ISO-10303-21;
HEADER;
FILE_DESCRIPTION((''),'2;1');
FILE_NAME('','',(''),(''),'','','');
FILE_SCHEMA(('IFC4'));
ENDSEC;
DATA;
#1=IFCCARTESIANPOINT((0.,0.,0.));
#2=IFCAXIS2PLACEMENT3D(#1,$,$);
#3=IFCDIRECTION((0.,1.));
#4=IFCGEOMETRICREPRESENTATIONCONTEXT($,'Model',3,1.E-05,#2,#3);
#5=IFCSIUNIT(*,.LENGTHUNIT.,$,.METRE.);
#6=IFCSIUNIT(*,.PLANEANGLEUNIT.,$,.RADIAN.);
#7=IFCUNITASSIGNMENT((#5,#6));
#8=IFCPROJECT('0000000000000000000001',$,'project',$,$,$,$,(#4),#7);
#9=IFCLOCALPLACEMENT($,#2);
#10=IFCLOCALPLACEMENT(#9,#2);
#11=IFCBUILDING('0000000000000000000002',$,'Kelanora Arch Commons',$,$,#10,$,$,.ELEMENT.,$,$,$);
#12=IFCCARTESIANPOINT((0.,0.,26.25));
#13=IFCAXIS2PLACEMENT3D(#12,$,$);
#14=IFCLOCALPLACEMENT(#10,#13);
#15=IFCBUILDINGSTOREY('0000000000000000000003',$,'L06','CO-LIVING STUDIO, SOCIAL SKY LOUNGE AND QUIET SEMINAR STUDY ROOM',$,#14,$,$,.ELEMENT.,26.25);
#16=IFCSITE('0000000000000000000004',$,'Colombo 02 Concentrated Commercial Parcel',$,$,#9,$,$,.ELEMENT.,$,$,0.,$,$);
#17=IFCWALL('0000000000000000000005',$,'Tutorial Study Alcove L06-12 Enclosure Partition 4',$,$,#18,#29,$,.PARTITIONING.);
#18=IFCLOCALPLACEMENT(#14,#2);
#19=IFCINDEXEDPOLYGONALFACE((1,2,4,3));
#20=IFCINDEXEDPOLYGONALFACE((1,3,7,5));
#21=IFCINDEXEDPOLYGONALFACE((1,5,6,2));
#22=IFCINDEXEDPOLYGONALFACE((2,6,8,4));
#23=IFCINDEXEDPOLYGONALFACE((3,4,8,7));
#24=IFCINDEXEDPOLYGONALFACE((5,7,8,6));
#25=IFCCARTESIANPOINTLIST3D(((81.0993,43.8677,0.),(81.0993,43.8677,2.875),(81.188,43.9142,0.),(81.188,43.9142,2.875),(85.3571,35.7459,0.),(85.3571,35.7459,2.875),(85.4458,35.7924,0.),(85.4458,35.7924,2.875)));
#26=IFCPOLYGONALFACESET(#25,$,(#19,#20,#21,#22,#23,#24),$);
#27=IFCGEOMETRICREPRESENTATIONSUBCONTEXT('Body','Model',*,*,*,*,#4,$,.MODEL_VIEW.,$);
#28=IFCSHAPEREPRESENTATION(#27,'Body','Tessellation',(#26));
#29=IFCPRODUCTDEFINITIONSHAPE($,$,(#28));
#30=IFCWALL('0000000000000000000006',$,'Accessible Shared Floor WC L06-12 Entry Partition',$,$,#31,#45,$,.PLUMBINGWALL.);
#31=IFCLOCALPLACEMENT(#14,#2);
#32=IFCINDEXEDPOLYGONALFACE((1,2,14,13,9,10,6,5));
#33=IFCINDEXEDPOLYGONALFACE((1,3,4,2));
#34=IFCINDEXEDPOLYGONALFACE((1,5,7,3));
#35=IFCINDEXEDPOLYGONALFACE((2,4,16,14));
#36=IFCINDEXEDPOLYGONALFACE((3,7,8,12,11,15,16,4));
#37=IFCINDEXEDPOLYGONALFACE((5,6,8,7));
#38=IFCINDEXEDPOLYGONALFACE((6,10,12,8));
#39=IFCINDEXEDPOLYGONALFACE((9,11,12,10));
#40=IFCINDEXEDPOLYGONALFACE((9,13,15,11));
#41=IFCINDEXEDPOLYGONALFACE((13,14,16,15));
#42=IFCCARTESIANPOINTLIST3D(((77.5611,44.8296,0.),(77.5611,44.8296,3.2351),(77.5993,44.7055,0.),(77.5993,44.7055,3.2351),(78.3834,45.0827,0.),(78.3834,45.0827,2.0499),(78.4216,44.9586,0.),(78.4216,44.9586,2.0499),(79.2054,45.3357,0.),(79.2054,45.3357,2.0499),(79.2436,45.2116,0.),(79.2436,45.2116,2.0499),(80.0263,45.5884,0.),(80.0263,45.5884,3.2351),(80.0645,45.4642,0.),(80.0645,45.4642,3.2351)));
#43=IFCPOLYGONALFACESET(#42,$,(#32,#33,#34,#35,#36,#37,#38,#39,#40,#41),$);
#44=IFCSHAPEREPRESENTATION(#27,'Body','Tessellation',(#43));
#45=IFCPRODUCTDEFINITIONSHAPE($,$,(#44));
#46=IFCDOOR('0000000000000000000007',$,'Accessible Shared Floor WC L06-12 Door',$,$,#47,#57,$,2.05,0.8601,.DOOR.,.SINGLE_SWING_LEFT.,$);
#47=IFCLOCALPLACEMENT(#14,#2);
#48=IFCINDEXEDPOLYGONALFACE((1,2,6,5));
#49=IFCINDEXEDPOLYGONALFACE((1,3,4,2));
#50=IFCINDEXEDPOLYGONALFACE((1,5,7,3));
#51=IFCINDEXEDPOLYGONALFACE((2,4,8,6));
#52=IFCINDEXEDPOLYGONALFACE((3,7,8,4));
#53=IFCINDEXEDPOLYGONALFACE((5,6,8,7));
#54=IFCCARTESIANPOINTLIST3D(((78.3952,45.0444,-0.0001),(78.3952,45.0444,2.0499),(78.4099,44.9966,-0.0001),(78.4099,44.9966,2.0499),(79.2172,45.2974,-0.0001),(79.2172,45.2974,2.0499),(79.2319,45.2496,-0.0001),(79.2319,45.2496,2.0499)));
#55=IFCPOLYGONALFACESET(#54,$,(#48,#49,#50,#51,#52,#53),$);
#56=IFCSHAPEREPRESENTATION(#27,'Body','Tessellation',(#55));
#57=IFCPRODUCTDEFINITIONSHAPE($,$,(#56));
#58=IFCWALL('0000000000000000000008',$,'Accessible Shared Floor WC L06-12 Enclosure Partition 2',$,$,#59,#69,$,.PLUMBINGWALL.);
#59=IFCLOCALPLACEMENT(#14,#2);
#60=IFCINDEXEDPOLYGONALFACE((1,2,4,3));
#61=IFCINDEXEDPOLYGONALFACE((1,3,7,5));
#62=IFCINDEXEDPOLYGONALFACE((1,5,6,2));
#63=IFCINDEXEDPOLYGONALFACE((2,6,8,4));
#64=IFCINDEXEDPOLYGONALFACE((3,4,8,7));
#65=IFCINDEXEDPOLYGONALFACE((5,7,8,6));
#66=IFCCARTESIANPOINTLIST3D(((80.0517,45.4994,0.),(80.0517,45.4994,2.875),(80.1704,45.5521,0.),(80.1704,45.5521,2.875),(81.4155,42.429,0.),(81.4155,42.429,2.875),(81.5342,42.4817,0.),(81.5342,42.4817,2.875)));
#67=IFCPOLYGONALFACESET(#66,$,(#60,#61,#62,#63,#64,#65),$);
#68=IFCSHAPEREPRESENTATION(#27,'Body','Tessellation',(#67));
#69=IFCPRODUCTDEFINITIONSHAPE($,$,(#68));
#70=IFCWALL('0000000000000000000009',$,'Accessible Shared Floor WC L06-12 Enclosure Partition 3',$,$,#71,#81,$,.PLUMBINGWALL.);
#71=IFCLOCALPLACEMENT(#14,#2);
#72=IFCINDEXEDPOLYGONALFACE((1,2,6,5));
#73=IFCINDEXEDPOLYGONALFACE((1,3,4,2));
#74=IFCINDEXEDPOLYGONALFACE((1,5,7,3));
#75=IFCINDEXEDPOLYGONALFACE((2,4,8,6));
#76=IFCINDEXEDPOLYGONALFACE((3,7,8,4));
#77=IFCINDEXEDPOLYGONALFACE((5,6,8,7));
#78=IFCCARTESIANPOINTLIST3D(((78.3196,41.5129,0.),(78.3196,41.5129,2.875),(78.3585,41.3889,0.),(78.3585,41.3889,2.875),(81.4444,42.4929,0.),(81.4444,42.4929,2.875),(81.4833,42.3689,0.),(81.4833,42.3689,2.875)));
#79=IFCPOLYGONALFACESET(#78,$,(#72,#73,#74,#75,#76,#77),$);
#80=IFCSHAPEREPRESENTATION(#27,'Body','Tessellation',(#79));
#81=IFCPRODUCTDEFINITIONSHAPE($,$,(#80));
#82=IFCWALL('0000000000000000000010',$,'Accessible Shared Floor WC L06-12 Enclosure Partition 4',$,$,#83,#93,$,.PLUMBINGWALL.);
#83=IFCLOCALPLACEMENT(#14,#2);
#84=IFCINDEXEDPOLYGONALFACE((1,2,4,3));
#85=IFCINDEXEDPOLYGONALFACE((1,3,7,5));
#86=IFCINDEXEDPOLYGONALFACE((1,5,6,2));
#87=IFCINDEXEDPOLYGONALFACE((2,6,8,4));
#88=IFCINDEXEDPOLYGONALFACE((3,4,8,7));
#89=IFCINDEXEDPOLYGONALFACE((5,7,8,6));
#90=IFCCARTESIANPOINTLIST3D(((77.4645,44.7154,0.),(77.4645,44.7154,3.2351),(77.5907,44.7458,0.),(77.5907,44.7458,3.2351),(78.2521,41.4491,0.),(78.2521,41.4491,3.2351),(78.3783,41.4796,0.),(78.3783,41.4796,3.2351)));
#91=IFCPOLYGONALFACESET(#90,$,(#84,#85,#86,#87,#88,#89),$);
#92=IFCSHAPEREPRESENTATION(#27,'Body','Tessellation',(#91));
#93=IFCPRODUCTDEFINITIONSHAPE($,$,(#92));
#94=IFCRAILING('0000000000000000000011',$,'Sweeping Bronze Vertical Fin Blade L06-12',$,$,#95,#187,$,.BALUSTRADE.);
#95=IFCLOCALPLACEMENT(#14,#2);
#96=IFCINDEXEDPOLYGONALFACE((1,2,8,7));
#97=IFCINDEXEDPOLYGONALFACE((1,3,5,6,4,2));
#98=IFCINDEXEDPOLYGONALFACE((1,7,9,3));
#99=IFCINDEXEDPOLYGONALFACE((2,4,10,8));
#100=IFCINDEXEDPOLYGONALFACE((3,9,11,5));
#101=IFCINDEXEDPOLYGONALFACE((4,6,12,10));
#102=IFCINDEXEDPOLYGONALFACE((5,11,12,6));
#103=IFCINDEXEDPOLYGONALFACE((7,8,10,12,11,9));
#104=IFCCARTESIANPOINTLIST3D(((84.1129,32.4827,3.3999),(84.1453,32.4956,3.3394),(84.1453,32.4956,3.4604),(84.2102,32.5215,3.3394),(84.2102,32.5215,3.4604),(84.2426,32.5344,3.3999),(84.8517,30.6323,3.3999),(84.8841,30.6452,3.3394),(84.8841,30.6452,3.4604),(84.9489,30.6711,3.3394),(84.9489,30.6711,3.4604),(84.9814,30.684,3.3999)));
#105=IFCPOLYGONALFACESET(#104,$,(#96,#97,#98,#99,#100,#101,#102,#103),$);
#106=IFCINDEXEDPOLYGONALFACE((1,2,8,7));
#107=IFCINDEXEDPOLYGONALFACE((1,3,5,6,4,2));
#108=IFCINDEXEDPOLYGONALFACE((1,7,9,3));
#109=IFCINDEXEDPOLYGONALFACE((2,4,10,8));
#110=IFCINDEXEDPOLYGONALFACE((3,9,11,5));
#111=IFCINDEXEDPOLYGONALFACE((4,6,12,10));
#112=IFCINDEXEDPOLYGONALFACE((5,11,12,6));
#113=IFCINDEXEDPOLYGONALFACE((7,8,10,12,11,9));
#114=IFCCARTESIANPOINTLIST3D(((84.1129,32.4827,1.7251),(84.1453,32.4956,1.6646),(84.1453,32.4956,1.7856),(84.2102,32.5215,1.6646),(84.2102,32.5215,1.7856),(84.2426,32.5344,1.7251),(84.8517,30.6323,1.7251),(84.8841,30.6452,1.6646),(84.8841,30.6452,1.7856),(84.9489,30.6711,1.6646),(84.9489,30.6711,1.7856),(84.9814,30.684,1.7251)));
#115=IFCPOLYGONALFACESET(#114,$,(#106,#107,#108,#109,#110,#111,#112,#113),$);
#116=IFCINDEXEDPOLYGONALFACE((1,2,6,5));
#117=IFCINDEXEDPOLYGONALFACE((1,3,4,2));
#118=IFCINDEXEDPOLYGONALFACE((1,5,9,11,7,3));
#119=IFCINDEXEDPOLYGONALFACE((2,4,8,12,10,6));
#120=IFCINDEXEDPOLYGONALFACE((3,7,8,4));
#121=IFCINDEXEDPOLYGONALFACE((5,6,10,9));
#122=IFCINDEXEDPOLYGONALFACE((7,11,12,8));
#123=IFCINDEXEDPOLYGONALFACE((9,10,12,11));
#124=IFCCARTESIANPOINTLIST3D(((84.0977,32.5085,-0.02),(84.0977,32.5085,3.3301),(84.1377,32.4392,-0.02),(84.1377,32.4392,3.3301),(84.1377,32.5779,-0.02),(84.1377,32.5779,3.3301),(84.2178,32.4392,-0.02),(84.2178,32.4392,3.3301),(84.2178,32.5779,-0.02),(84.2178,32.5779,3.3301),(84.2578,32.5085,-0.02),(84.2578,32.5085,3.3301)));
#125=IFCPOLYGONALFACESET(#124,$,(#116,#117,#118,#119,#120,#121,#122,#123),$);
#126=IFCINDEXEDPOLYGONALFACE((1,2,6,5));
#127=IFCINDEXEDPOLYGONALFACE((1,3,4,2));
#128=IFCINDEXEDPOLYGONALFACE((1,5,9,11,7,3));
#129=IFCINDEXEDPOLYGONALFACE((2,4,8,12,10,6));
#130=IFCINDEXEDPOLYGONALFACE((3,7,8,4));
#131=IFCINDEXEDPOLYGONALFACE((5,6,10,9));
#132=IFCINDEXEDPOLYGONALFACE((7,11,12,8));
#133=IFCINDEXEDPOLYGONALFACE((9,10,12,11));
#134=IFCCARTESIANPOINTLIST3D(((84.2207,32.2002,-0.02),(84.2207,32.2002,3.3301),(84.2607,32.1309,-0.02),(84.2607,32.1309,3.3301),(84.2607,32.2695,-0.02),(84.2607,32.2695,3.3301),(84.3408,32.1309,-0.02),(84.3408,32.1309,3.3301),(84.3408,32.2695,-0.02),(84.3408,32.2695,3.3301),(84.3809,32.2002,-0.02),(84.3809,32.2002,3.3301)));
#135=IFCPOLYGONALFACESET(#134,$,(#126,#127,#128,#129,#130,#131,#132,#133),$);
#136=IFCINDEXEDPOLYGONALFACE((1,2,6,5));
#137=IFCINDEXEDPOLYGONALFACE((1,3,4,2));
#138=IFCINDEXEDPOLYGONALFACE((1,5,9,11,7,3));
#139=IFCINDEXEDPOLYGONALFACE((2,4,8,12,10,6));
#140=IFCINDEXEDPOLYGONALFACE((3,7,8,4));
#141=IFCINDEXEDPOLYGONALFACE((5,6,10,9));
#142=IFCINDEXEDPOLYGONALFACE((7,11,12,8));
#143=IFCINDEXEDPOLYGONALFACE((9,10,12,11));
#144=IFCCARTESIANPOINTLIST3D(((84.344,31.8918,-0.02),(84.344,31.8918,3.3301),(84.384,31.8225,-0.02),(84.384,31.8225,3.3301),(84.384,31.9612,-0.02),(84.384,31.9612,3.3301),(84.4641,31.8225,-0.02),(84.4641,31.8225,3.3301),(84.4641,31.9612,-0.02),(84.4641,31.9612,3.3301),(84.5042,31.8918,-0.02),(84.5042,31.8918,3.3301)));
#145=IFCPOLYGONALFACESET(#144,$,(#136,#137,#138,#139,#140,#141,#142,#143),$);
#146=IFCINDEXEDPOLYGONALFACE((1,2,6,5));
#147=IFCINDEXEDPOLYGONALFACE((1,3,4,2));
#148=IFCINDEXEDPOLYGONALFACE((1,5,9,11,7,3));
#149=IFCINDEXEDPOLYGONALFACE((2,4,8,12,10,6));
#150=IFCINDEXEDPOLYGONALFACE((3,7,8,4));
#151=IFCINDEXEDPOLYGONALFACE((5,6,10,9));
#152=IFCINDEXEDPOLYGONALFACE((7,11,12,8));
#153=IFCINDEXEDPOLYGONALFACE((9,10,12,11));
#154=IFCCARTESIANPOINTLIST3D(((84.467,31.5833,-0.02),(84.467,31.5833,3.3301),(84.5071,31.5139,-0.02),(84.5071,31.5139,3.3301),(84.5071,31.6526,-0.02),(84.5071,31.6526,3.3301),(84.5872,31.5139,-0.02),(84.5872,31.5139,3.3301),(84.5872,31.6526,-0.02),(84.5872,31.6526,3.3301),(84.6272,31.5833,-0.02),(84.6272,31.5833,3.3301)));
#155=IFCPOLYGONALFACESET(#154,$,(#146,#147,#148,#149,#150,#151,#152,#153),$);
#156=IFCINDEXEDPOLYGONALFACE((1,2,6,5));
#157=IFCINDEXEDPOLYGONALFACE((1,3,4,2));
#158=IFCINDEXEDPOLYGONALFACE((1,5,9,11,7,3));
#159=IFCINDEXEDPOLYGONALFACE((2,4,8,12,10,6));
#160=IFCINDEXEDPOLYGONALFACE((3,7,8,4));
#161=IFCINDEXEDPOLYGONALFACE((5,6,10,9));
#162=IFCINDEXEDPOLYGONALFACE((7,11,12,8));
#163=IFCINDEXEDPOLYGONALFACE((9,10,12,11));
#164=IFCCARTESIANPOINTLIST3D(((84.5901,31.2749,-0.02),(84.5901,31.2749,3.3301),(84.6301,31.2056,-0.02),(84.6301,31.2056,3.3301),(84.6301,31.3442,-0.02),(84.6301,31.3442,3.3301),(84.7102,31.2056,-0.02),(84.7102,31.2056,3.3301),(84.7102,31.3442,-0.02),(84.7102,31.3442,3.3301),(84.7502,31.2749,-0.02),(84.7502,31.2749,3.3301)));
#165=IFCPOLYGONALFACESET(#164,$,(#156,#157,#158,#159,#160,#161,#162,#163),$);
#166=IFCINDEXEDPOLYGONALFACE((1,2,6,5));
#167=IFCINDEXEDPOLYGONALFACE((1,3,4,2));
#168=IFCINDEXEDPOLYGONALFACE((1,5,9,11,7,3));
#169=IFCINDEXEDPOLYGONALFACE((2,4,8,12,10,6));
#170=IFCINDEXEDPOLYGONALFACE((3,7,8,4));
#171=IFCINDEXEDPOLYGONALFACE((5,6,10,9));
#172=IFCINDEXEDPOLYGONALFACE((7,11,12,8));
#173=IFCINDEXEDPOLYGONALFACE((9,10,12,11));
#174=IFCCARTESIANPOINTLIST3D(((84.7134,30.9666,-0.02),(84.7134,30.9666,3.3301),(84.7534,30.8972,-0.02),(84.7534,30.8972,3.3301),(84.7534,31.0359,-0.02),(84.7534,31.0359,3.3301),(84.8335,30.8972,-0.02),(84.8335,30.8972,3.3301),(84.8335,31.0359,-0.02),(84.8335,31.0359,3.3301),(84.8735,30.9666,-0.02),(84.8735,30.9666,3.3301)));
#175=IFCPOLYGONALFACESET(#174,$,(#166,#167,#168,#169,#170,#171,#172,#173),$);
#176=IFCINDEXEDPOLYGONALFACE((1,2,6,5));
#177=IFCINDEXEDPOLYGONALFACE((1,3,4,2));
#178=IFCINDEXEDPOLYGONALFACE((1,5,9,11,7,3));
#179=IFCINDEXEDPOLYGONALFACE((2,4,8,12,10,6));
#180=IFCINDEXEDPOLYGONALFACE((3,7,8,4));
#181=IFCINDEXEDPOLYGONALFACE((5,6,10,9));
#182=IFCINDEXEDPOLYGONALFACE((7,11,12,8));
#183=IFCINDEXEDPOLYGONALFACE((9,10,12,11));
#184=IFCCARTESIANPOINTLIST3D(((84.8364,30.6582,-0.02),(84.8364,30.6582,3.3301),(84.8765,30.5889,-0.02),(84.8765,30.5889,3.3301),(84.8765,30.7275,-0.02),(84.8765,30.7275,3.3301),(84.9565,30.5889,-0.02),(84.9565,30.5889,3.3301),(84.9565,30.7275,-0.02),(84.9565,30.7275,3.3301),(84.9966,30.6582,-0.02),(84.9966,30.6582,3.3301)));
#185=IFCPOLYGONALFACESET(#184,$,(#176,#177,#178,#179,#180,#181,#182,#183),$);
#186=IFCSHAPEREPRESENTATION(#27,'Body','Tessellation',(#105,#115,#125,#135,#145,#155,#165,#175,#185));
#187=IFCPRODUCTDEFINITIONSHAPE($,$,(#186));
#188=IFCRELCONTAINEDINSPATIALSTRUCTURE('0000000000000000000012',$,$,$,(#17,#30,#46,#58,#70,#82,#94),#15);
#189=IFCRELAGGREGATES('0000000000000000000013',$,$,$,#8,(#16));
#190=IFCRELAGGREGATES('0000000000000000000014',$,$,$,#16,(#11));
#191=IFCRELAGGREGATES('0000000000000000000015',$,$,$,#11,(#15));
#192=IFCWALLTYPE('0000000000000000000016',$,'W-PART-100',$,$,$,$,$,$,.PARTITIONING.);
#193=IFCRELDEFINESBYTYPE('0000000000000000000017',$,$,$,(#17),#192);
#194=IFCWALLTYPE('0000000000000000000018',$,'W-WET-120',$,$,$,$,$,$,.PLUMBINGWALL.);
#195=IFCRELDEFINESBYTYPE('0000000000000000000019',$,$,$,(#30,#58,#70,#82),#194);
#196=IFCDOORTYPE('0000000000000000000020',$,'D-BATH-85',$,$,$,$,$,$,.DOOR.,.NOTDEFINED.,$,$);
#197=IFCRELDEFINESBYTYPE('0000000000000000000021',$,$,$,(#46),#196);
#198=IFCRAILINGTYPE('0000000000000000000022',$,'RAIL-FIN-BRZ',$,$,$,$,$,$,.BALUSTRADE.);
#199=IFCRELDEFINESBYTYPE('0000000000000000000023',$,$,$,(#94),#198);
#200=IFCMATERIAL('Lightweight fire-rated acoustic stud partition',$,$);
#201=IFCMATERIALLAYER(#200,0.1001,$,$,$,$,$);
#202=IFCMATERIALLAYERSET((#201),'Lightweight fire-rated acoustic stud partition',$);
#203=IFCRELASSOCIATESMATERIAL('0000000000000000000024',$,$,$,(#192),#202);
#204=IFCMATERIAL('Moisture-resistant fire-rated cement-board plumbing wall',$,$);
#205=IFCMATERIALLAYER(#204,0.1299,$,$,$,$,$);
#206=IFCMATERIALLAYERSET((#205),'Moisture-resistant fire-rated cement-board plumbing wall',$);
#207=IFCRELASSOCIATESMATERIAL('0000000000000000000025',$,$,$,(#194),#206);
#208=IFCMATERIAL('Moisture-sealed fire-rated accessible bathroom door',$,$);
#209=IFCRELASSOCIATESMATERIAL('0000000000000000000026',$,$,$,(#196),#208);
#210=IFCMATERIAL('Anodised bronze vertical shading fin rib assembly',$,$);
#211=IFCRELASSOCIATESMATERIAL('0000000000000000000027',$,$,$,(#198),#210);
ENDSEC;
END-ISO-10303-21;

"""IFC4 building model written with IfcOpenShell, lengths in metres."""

from ifc_helpers import new_model, si_unit, direction, frame, frame_2d, origin, place, context, subcontext, project, spatial, polyline, rectangle, outline, extrude, material, layer, layer_set, type_object, element, fill, save


model = new_model("IFC4")

# Units and contexts
model_context = context("Model", 3, precision=1e-05, world=origin(), true_north=direction((0.0, 1.0)))
body_context = subcontext(model_context, "Body", "Model", "MODEL_VIEW")
ifc_project = project(units=[si_unit("LENGTHUNIT", "METRE"), si_unit("PLANEANGLEUNIT", "RADIAN")], contexts=[model_context])

# Site, building, storey
site_placement = place(None, origin())
site = spatial("IfcSite", under=ifc_project, at=site_placement, Name="Colombo 02 Concentrated Commercial Parcel", CompositionType="ELEMENT", RefElevation=0.0)
building_placement = place(site_placement, origin())
building = spatial("IfcBuilding", under=site, at=building_placement, Name="Kelanora Arch Commons", CompositionType="ELEMENT")
storey_placement = place(building_placement, frame((0.0, 0.0, 26.25)))
storey = spatial("IfcBuildingStorey", under=building, at=storey_placement, Name="L06", Description="CO-LIVING STUDIO, SOCIAL SKY LOUNGE AND QUIET SEMINAR STUDY ROOM", CompositionType="ELEMENT", Elevation=26.25)

# Wall
ifc_material_1 = material(Name="Lightweight fire-rated acoustic stud partition")
ifc_layer_1 = layer(ifc_material_1, 0.1001)
ifc_layer_set_1 = layer_set([ifc_layer_1], Name="Lightweight fire-rated acoustic stud partition")
wall_type_1 = type_object("IfcWallType", Name="W-PART-100", PredefinedType="PARTITIONING", material=ifc_layer_set_1)
wall_1_placement = place(storey_placement, frame((85.4014, 35.7693, 0.0), z_axis=(0.0, 0.0, 1.0), x_axis=(-0.464308, 0.885674, 0.0)))
element("IfcWall", 1, at=wall_1_placement, inside=storey, type_object=wall_type_1, Name="Tutorial Study Alcove L06-12 Enclosure Partition 4", PredefinedType="PARTITIONING", context=body_context, shape_type="SweptSolid", body=[
    extrude(rectangle(XDim=9.1702, YDim=0.1001, at=frame_2d((4.585, 0.0))), origin(), (0.0, 0.0, 1.0), 2.875),
])

# Wall, opening, door
ifc_material_2 = material(Name="Moisture-resistant fire-rated cement-board plumbing wall")
ifc_layer_2 = layer(ifc_material_2, 0.1299)
ifc_layer_set_2 = layer_set([ifc_layer_2], Name="Moisture-resistant fire-rated cement-board plumbing wall")
wall_type_2 = type_object("IfcWallType", Name="W-WET-120", PredefinedType="PLUMBINGWALL", material=ifc_layer_set_2)
wall_2_placement = place(storey_placement, frame((77.5803, 44.7676, 0.0), z_axis=(0.0, 0.0, 1.0), x_axis=(0.955754, 0.294166, 0.0)))
wall_2 = element("IfcWall", 2, at=wall_2_placement, inside=storey, type_object=wall_type_2, Name="Accessible Shared Floor WC L06-12 Entry Partition", PredefinedType="PLUMBINGWALL", context=body_context, shape_type="SweptSolid", body=[
    extrude(rectangle(XDim=2.5793, YDim=0.1299, at=frame_2d((1.2896, 0.0))), origin(), (0.0, 0.0, 1.0), 3.2351),
])
opening_placement = place(wall_2_placement, frame((0.8601, 0.0, 0.0)))
opening = element("IfcOpeningElement", 3, at=opening_placement, cuts=wall_2, PredefinedType="OPENING", context=body_context, shape_type="SweptSolid", body=[
    extrude(rectangle(XDim=0.8601, YDim=2.05, at=frame_2d((0.4302, 1.0249))), frame((0.0, 0.075, 0.0), z_axis=(0.0, -1.0, 0.0), x_axis=(1.0, 0.0, 0.0)), (0.0, 0.0, 1.0), 0.1499),
])
ifc_material_3 = material(Name="Moisture-sealed fire-rated accessible bathroom door")
door_type = type_object("IfcDoorType", Name="D-BATH-85", OperationType="NOTDEFINED", PredefinedType="DOOR", material=ifc_material_3)
door_placement = place(opening_placement, origin())
door = element("IfcDoor", 4, at=door_placement, inside=storey, type_object=door_type, Name="Accessible Shared Floor WC L06-12 Door", OperationType="SINGLE_SWING_LEFT", OverallHeight=2.05, OverallWidth=0.8601, PredefinedType="DOOR", context=body_context, shape_type="SweptSolid", body=[
    extrude(rectangle(XDim=0.8601, YDim=2.05, at=frame_2d((0.4302, 1.0249))), frame((0.0, 0.0249, 0.0), z_axis=(0.0, -1.0, 0.0), x_axis=(1.0, 0.0, 0.0)), (0.0, 0.0, 1.0), 0.05),
])
fill(opening, door)

# Walls
wall_3_placement = place(storey_placement, frame((80.1111, 45.5256, 0.0), z_axis=(0.0, 0.0, 1.0), x_axis=(0.405936, -0.913901, 0.0)))
element("IfcWall", 5, at=wall_3_placement, inside=storey, type_object=wall_type_2, Name="Accessible Shared Floor WC L06-12 Enclosure Partition 2", PredefinedType="PLUMBINGWALL", context=body_context, shape_type="SweptSolid", body=[
    extrude(rectangle(XDim=3.3596, YDim=0.1299, at=frame_2d((1.6797, 0.0))), origin(), (0.0, 0.0, 1.0), 2.875),
])
wall_4_placement = place(storey_placement, frame((81.4639, 42.4309, 0.0), z_axis=(0.0, 0.0, 1.0), x_axis=(-0.954176, -0.299247, 0.0)))
element("IfcWall", 6, at=wall_4_placement, inside=storey, type_object=wall_type_2, Name="Accessible Shared Floor WC L06-12 Enclosure Partition 3", PredefinedType="PLUMBINGWALL", context=body_context, shape_type="SweptSolid", body=[
    extrude(rectangle(XDim=3.2749, YDim=0.1299, at=frame_2d((1.6375, 0.0))), origin(), (0.0, 0.0, 1.0), 2.875),
])
wall_5_placement = place(storey_placement, frame((78.3152, 41.4644, 0.0), z_axis=(0.0, 0.0, 1.0), x_axis=(-0.234406, 0.972139, 0.0)))
element("IfcWall", 7, at=wall_5_placement, inside=storey, type_object=wall_type_2, Name="Accessible Shared Floor WC L06-12 Enclosure Partition 4", PredefinedType="PLUMBINGWALL", context=body_context, shape_type="SweptSolid", body=[
    extrude(rectangle(XDim=3.3599, YDim=0.1299, at=frame_2d((1.6799, 0.0))), origin(), (0.0, 0.0, 1.0), 3.2351),
])

# Railing
ifc_material_4 = material(Name="Anodised bronze vertical shading fin rib assembly")
railing_type = type_object("IfcRailingType", Name="RAIL-FIN-BRZ", PredefinedType="BALUSTRADE", material=ifc_material_4)
railing_placement = place(storey_placement, frame((84.1777, 32.5085, -0.02)))
element("IfcRailing", 8, at=railing_placement, inside=storey, type_object=railing_type, Name="Sweeping Bronze Vertical Fin Blade L06-12", PredefinedType="BALUSTRADE", context=body_context, shape_type="SweptSolid", body=[
    extrude(outline(polyline([(0.0698, 0.0), (0.0349, 0.0605), (-0.0349, 0.0605), (-0.0698, 0.0), (-0.0349, -0.0605), (0.0349, -0.0605), (0.0698, 0.0)])), frame((0.0, 0.0, 3.4199), z_axis=(0.370799, -0.928713, 0.0), x_axis=(0.928713, 0.370799, 0.0)), (0.0, 0.0, 1.0), 1.9924),
    extrude(outline(polyline([(0.0698, 0.0), (0.0349, 0.0605), (-0.0349, 0.0605), (-0.0698, 0.0), (-0.0349, -0.0605), (0.0349, -0.0605), (0.0698, 0.0)])), frame((0.0, 0.0, 1.7451), z_axis=(0.370799, -0.928713, 0.0), x_axis=(0.928713, 0.370799, 0.0)), (0.0, 0.0, 1.0), 1.9924),
    extrude(outline(polyline([(0.0801, 0.0), (0.04, 0.0693), (-0.04, 0.0693), (-0.0801, 0.0), (-0.04, -0.0693), (0.04, -0.0693), (0.0801, 0.0)])), origin(), (0.0, 0.0, 1.0), 3.3501),
    extrude(outline(polyline([(0.0801, 0.0), (0.04, 0.0693), (-0.04, 0.0693), (-0.0801, 0.0), (-0.04, -0.0693), (0.04, -0.0693), (0.0801, 0.0)])), frame((0.123, -0.3083, 0.0)), (0.0, 0.0, 1.0), 3.3501),
    extrude(outline(polyline([(0.0801, 0.0), (0.04, 0.0693), (-0.04, 0.0693), (-0.0801, 0.0), (-0.04, -0.0693), (0.04, -0.0693), (0.0801, 0.0)])), frame((0.2463, -0.6167, 0.0)), (0.0, 0.0, 1.0), 3.3501),
    extrude(outline(polyline([(0.0801, 0.0), (0.04, 0.0693), (-0.04, 0.0693), (-0.0801, 0.0), (-0.04, -0.0693), (0.04, -0.0693), (0.0801, 0.0)])), frame((0.3694, -0.9253, 0.0)), (0.0, 0.0, 1.0), 3.3501),
    extrude(outline(polyline([(0.0801, 0.0), (0.04, 0.0693), (-0.04, 0.0693), (-0.0801, 0.0), (-0.04, -0.0693), (0.04, -0.0693), (0.0801, 0.0)])), frame((0.4924, -1.2336, 0.0)), (0.0, 0.0, 1.0), 3.3501),
    extrude(outline(polyline([(0.0801, 0.0), (0.04, 0.0693), (-0.04, 0.0693), (-0.0801, 0.0), (-0.04, -0.0693), (0.04, -0.0693), (0.0801, 0.0)])), frame((0.6157, -1.542, 0.0)), (0.0, 0.0, 1.0), 3.3501),
    extrude(outline(polyline([(0.0801, 0.0), (0.04, 0.0693), (-0.04, 0.0693), (-0.0801, 0.0), (-0.04, -0.0693), (0.04, -0.0693), (0.0801, 0.0)])), frame((0.7388, -1.8503, 0.0)), (0.0, 0.0, 1.0), 3.3501),
])

save(model, "model.ifc")
